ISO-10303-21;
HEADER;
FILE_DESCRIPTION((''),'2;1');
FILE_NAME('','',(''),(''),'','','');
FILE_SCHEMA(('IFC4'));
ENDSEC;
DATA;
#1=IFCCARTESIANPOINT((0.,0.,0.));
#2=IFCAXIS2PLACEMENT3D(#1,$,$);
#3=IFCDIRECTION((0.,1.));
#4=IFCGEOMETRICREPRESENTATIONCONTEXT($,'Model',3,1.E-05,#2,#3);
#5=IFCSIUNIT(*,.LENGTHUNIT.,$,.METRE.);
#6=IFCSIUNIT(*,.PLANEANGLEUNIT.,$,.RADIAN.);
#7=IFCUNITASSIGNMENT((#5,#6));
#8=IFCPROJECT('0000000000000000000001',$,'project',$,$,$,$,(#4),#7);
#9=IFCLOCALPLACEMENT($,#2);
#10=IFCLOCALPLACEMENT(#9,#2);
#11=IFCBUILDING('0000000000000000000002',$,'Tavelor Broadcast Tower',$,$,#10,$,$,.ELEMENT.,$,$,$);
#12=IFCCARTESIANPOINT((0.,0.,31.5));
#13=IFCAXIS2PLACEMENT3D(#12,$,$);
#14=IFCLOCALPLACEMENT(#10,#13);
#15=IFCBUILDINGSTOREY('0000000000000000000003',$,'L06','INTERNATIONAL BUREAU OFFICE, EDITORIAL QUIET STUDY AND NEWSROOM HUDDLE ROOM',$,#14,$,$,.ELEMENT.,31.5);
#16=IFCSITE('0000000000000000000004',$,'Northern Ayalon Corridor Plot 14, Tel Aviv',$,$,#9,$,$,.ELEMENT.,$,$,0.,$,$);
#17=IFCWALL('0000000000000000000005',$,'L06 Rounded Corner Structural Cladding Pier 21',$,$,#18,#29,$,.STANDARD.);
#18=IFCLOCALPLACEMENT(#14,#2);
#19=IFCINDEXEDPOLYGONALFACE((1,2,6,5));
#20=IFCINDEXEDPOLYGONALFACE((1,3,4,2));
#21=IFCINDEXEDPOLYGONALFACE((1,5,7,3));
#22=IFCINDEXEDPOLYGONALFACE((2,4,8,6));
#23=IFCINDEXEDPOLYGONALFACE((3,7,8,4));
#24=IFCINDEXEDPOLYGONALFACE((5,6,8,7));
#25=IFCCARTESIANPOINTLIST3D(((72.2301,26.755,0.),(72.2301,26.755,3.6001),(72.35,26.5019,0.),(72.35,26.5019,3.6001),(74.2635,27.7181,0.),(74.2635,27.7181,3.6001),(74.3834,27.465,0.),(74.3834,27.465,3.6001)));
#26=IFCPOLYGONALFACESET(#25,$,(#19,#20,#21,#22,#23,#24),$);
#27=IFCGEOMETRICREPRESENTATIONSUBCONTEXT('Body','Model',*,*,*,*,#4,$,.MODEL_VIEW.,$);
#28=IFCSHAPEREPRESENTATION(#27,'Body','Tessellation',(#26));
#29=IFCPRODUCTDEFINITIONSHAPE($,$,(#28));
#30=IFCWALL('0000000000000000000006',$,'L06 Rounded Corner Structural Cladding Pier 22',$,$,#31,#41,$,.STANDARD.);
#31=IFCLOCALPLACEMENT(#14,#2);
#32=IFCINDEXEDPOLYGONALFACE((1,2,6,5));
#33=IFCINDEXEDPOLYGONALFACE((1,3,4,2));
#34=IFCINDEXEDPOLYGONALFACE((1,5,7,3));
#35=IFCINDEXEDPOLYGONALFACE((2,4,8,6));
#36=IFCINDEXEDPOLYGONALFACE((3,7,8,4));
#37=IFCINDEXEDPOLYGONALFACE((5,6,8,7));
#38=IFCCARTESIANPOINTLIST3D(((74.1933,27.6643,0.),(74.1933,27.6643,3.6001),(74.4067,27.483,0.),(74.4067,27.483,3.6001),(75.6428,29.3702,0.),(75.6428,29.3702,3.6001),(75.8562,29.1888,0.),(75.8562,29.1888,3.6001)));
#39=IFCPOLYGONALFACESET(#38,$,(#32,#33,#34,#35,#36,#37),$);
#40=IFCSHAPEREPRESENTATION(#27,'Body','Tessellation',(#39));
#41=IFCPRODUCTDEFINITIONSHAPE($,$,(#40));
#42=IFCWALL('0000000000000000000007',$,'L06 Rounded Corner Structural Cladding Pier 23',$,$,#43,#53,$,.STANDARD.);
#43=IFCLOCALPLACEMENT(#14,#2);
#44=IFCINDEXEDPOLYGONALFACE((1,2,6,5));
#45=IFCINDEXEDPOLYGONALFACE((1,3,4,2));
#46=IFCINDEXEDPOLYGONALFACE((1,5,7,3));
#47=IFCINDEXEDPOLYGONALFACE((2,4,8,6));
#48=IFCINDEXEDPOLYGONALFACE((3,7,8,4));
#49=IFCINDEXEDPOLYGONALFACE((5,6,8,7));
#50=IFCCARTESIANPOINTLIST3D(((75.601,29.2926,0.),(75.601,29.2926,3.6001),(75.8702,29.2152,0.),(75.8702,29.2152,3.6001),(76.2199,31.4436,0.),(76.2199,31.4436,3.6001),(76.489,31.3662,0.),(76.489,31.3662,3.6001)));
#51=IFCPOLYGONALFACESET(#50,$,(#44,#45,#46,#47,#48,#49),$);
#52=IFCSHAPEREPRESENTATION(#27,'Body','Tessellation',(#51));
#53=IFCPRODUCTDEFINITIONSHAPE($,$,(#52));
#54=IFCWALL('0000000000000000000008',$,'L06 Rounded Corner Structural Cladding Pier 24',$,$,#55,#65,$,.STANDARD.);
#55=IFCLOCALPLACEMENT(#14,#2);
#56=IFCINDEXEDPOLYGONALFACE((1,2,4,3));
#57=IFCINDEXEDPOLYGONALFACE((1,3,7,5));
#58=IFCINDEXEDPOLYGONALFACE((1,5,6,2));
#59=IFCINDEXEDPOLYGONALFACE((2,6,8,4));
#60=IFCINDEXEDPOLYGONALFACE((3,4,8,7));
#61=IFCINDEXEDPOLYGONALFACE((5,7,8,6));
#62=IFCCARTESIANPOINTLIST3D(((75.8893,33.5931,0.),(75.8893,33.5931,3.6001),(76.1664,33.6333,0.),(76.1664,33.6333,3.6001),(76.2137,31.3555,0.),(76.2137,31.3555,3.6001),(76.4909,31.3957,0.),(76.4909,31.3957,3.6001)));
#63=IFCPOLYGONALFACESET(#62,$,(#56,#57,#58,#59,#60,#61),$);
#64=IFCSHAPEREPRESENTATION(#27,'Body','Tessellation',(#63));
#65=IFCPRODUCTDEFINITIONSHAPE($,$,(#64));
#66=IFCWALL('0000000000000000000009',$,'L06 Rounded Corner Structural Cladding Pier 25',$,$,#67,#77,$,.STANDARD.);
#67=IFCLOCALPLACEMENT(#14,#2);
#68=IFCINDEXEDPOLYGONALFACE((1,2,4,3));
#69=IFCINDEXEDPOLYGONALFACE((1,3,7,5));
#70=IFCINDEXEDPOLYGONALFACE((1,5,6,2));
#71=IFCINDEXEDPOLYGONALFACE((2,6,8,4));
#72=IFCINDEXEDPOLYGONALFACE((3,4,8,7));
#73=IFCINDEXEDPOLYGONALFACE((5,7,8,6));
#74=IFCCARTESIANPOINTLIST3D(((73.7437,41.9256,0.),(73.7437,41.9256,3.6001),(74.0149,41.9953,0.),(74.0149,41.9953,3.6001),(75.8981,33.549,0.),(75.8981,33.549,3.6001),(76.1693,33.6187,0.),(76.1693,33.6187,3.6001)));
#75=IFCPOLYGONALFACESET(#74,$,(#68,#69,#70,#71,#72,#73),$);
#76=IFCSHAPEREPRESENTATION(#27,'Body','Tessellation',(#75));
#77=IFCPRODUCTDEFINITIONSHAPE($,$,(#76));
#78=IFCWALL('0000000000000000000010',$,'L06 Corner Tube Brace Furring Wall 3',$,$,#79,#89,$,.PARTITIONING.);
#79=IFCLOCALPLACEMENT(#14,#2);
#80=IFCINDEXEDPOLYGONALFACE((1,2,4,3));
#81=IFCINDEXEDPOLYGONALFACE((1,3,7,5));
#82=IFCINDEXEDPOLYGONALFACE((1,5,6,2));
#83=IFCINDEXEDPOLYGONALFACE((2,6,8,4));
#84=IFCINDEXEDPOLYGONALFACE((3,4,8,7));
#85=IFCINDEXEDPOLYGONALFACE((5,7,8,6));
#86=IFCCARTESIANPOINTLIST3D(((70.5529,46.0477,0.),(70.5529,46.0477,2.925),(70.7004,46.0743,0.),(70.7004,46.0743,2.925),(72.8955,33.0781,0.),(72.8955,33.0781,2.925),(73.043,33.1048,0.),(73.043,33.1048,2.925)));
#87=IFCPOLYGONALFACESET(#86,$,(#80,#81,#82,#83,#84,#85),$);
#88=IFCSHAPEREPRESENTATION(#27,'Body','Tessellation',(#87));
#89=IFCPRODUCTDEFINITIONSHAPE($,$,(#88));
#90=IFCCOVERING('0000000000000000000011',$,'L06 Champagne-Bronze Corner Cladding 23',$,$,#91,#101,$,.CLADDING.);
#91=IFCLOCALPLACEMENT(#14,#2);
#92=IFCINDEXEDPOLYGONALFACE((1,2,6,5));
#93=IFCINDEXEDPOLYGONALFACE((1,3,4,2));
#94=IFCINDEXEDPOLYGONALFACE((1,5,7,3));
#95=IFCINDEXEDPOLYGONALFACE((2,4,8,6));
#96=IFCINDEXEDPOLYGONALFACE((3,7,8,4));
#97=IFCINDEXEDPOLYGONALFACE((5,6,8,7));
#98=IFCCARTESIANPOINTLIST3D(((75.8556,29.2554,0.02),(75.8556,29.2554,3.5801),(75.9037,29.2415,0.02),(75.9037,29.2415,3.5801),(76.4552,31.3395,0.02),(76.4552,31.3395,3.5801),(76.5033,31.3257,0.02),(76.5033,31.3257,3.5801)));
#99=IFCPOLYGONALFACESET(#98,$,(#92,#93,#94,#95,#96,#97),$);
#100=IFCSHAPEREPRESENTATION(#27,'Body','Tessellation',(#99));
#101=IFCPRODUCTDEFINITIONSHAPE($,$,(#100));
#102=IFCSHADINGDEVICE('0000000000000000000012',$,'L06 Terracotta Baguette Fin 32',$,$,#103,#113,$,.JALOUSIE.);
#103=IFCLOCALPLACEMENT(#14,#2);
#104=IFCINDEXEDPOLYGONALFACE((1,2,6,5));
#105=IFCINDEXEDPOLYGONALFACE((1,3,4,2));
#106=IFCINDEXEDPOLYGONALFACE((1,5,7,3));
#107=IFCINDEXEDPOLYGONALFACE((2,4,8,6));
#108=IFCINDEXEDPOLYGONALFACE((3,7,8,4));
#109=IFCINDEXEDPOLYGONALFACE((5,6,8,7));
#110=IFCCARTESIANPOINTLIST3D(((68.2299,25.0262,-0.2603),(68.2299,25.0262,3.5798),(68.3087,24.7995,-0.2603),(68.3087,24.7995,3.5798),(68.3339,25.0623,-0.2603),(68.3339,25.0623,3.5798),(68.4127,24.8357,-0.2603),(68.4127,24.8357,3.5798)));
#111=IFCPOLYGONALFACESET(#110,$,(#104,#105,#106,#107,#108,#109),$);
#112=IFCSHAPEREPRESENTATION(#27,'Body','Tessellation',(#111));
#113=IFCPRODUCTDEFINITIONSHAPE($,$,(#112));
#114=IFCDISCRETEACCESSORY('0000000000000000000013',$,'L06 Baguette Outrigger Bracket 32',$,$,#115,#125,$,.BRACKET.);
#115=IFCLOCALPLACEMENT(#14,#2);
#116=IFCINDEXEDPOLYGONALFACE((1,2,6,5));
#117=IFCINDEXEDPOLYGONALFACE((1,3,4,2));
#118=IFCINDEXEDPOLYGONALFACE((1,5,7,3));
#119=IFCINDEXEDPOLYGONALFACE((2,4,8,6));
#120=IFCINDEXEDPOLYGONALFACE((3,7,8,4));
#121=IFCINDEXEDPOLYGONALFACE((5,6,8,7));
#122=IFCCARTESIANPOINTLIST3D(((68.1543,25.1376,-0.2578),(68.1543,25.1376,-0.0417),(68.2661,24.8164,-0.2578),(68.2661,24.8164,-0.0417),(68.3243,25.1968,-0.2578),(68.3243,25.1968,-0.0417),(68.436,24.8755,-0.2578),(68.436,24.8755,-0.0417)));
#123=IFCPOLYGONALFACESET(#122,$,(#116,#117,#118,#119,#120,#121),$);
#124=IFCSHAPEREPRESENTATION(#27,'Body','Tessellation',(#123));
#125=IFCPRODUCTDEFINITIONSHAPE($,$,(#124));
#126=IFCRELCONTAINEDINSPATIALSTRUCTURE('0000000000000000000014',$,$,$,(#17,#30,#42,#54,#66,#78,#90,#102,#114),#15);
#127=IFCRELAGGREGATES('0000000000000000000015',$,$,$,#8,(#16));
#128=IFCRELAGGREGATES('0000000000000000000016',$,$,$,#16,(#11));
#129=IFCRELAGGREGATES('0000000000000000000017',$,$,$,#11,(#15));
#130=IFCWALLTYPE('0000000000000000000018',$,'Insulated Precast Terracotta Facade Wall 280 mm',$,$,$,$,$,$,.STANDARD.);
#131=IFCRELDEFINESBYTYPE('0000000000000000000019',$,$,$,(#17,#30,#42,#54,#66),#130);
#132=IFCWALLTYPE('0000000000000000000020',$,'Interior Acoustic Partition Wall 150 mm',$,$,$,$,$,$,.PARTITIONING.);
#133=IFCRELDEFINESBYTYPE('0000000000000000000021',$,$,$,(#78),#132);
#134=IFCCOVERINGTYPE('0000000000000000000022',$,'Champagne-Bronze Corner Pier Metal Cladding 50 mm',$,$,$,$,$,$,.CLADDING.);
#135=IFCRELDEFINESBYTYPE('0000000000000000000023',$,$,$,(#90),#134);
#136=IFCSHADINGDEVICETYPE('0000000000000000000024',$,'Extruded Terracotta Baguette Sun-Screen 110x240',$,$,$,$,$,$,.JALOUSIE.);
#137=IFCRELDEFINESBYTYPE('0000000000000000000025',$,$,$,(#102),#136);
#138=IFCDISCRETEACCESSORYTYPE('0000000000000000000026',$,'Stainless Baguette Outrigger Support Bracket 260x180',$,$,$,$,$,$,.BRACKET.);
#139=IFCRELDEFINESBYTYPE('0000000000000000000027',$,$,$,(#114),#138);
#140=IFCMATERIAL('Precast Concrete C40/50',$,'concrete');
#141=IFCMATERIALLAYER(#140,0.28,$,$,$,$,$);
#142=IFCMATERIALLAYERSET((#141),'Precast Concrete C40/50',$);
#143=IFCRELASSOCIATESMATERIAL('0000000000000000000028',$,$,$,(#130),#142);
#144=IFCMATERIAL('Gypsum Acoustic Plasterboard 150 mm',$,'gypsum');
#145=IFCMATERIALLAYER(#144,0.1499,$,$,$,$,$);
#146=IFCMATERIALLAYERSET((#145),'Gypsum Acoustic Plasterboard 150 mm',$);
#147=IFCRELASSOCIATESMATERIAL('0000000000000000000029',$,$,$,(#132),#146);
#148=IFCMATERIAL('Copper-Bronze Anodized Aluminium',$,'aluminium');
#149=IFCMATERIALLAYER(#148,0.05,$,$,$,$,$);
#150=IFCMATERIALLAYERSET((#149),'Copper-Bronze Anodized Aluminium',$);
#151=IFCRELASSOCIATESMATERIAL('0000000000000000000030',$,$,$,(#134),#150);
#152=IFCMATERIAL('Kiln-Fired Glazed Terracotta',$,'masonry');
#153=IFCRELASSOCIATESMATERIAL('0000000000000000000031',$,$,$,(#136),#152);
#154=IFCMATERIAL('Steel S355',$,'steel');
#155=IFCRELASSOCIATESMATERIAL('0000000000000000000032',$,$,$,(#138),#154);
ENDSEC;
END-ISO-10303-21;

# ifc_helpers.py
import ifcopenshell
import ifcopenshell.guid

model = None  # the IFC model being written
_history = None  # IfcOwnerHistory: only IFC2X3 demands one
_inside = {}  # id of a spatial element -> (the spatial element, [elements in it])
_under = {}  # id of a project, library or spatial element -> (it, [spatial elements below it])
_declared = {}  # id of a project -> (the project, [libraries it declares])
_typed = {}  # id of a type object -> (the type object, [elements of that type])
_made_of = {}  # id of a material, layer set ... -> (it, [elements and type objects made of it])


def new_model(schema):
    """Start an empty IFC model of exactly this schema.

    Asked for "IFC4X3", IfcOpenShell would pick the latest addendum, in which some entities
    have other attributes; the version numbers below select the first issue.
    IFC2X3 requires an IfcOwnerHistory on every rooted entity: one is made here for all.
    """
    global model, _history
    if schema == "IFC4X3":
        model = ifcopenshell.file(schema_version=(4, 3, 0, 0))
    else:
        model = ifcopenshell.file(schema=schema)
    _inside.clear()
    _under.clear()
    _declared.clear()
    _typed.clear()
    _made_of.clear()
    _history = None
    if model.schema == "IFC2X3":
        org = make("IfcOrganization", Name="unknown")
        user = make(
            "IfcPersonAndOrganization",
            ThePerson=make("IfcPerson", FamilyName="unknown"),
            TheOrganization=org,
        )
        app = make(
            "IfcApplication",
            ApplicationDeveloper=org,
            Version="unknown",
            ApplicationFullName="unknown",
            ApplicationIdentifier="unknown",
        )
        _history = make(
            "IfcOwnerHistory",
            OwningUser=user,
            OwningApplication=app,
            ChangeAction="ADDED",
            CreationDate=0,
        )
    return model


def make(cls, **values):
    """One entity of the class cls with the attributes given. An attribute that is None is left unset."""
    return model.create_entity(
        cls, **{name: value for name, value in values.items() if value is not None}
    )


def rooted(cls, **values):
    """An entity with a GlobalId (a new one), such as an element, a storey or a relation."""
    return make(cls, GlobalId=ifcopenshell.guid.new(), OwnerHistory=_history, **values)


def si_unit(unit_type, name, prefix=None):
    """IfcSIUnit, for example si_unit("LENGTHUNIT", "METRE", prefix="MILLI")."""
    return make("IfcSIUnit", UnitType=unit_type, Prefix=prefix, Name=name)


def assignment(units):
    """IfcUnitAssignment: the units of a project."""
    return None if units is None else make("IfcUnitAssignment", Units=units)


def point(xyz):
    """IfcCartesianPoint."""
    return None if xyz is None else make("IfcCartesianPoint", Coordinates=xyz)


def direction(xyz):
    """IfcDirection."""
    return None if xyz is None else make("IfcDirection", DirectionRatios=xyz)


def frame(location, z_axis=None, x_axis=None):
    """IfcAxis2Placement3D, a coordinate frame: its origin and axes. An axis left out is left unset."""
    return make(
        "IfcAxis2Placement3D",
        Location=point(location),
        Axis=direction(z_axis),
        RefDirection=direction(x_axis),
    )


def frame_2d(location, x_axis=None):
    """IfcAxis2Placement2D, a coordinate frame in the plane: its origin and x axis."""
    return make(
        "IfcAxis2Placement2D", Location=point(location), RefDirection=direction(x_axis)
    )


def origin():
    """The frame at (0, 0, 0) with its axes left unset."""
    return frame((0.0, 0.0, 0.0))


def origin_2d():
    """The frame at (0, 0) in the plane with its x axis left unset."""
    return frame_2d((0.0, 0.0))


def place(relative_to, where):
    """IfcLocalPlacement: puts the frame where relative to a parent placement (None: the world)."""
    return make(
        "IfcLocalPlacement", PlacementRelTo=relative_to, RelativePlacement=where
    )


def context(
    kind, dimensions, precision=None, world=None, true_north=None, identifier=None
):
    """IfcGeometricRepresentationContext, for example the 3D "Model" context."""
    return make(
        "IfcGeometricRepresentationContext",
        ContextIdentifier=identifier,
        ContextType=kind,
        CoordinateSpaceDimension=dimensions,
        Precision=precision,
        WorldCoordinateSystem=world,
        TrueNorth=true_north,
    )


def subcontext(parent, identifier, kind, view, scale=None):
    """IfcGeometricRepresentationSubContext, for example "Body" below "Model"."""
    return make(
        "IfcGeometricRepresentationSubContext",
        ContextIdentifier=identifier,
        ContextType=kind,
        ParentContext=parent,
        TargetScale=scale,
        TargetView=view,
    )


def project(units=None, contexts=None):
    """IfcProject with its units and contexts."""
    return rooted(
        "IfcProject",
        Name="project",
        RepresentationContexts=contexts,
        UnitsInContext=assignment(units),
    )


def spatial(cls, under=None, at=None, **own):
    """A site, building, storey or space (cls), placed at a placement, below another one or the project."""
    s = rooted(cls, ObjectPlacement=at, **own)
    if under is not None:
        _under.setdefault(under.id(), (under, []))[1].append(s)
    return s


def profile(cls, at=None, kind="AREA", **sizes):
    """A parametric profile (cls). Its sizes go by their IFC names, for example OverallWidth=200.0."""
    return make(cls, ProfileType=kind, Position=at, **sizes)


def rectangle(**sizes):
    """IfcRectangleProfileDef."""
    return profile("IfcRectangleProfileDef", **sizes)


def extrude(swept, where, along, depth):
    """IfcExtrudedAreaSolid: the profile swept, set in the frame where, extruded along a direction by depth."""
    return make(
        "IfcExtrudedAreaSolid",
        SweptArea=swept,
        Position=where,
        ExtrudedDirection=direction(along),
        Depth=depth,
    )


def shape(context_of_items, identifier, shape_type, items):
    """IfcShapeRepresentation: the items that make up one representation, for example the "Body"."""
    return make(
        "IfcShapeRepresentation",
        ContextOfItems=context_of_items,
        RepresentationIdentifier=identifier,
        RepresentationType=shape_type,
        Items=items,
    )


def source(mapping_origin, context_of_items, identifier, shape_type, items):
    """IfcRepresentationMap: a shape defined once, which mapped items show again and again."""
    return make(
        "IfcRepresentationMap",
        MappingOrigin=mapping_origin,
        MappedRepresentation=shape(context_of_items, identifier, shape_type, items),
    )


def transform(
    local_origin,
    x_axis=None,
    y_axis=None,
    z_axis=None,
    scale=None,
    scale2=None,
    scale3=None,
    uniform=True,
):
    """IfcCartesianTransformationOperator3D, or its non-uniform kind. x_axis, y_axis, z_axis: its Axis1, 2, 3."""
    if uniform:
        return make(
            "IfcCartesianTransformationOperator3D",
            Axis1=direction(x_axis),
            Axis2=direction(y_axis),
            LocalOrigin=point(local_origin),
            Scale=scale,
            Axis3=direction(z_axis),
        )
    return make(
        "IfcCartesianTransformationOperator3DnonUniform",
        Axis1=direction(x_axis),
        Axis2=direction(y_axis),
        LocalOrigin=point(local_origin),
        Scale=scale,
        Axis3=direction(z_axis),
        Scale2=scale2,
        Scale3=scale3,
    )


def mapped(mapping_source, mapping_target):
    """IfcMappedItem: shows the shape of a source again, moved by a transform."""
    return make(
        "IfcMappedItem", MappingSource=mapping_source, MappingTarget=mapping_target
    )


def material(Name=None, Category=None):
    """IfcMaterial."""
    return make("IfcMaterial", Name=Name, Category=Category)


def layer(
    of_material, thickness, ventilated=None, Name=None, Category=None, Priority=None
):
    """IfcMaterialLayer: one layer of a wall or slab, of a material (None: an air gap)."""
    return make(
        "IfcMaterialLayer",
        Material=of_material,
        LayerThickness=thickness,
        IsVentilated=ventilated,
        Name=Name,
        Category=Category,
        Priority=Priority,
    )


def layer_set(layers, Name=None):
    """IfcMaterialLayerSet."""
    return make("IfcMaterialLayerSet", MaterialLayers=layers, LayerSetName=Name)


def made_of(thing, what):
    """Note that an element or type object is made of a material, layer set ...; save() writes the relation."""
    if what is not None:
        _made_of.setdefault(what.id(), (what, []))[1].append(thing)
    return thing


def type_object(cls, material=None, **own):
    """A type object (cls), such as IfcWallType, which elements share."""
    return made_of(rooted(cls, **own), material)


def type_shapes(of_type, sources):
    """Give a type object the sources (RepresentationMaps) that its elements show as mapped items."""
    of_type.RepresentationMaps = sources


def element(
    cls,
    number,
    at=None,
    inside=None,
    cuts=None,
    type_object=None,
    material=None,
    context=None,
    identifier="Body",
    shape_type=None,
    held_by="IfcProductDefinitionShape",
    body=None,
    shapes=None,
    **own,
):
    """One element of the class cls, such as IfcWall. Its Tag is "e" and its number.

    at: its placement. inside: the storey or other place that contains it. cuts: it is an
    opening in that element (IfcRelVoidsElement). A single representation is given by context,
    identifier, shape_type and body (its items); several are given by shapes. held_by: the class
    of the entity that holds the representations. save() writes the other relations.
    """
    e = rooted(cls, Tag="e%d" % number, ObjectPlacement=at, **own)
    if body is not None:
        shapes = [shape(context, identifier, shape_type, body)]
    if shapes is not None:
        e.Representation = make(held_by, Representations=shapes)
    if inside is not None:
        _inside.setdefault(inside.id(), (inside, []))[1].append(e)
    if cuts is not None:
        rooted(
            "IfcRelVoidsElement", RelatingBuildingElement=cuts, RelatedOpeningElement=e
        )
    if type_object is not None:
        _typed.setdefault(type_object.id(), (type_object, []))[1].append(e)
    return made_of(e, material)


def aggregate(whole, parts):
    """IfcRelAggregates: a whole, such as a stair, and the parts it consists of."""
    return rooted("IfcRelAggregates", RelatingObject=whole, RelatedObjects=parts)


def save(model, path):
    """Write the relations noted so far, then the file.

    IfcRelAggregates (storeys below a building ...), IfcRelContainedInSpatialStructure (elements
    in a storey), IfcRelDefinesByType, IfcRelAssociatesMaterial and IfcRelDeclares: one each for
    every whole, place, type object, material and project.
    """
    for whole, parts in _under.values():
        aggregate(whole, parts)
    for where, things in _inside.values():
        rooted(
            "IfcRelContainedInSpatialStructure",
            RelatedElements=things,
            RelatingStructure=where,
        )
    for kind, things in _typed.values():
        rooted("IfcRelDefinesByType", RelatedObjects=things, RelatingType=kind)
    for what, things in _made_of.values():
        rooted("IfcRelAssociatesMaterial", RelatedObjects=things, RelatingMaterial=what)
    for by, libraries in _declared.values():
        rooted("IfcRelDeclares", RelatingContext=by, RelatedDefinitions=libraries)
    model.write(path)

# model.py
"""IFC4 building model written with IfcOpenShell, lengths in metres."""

from ifc_helpers import new_model, si_unit, direction, frame, frame_2d, origin, origin_2d, place, context, subcontext, project, spatial, rectangle, extrude, source, transform, mapped, material, layer, layer_set, type_object, type_shapes, element, save


model = new_model("IFC4")

# Units and contexts
model_context = context("Model", 3, precision=1e-05, world=origin(), true_north=direction((0.0, 1.0)))
body_context = subcontext(model_context, "Body", "Model", "MODEL_VIEW")
ifc_project = project(units=[si_unit("LENGTHUNIT", "METRE"), si_unit("PLANEANGLEUNIT", "RADIAN")], contexts=[model_context])

# Site, building, storey
site_placement = place(None, origin())
site = spatial("IfcSite", under=ifc_project, at=site_placement, Name="Northern Ayalon Corridor Plot 14, Tel Aviv", CompositionType="ELEMENT", RefElevation=0.0)
building_placement = place(site_placement, origin())
building = spatial("IfcBuilding", under=site, at=building_placement, Name="Tavelor Broadcast Tower", CompositionType="ELEMENT")
storey_placement = place(building_placement, frame((0.0, 0.0, 31.5)))
storey = spatial("IfcBuildingStorey", under=building, at=storey_placement, Name="L06", Description="INTERNATIONAL BUREAU OFFICE, EDITORIAL QUIET STUDY AND NEWSROOM HUDDLE ROOM", CompositionType="ELEMENT", Elevation=31.5)

# Shared definitions
ifc_material_1 = material(Name="Steel S355", Category="steel")

# Walls
ifc_material_2 = material(Name="Precast Concrete C40/50", Category="concrete")
ifc_layer_1 = layer(ifc_material_2, 0.28)
ifc_layer_set_1 = layer_set([ifc_layer_1], Name="Precast Concrete C40/50")
wall_type_1 = type_object("IfcWallType", Name="Insulated Precast Terracotta Facade Wall 280 mm", PredefinedType="STANDARD", material=ifc_layer_set_1)
wall_1_placement = place(storey_placement, frame((72.29, 26.6284, 0.0), z_axis=(0.0, 0.0, 1.0), x_axis=(0.903751, 0.428058, 0.0)))
element("IfcWall", 1, at=wall_1_placement, inside=storey, type_object=wall_type_1, Name="L06 Rounded Corner Structural Cladding Pier 21", PredefinedType="STANDARD", context=body_context, shape_type="SweptSolid", body=[
    extrude(rectangle(XDim=2.25, YDim=0.28, at=frame_2d((1.125, 0.0))), origin(), (0.0, 0.0, 1.0), 3.6001),
])
wall_2_placement = place(storey_placement, frame((74.3, 27.5737, 0.0), z_axis=(0.0, 0.0, 1.0), x_axis=(0.647525, 0.762044, 0.0)))
element("IfcWall", 2, at=wall_2_placement, inside=storey, type_object=wall_type_1, Name="L06 Rounded Corner Structural Cladding Pier 22", PredefinedType="STANDARD", context=body_context, shape_type="SweptSolid", body=[
    extrude(rectangle(XDim=2.2385, YDim=0.28, at=frame_2d((1.1191, 0.0))), origin(), (0.0, 0.0, 1.0), 3.6001),
])
wall_3_placement = place(storey_placement, frame((75.7356, 29.2539, 0.0), z_axis=(0.0, 0.0, 1.0), x_axis=(0.276493, 0.961016, 0.0)))
element("IfcWall", 3, at=wall_3_placement, inside=storey, type_object=wall_type_1, Name="L06 Rounded Corner Structural Cladding Pier 23", PredefinedType="STANDARD", context=body_context, shape_type="SweptSolid", body=[
    extrude(rectangle(XDim=2.2383, YDim=0.28, at=frame_2d((1.1191, 0.0))), origin(), (0.0, 0.0, 1.0), 3.6001),
])
wall_4_placement = place(storey_placement, frame((76.3523, 31.3757, 0.0), z_axis=(0.0, 0.0, 1.0), x_axis=(-0.143507, 0.989649, 0.0)))
element("IfcWall", 4, at=wall_4_placement, inside=storey, type_object=wall_type_1, Name="L06 Rounded Corner Structural Cladding Pier 24", PredefinedType="STANDARD", context=body_context, shape_type="SweptSolid", body=[
    extrude(rectangle(XDim=2.261, YDim=0.28, at=frame_2d((1.1304, 0.0))), origin(), (0.0, 0.0, 1.0), 3.6001),
])
wall_5_placement = place(storey_placement, frame((76.0337, 33.5837, 0.0), z_axis=(0.0, 0.0, 1.0), x_axis=(-0.249079, 0.968483, 0.0)))
element("IfcWall", 5, at=wall_5_placement, inside=storey, type_object=wall_type_1, Name="L06 Rounded Corner Structural Cladding Pier 25", PredefinedType="STANDARD", context=body_context, shape_type="SweptSolid", body=[
    extrude(rectangle(XDim=8.6492, YDim=0.28, at=frame_2d((4.3247, 0.0))), origin(), (0.0, 0.0, 1.0), 3.6001),
])
ifc_material_3 = material(Name="Gypsum Acoustic Plasterboard 150 mm", Category="gypsum")
ifc_layer_2 = layer(ifc_material_3, 0.1499)
ifc_layer_set_2 = layer_set([ifc_layer_2], Name="Gypsum Acoustic Plasterboard 150 mm")
wall_type_2 = type_object("IfcWallType", Name="Interior Acoustic Partition Wall 150 mm", PredefinedType="PARTITIONING", material=ifc_layer_set_2)
wall_6_placement = place(storey_placement, frame((72.9692, 33.0913, 0.0), z_axis=(0.0, 0.0, 1.0), x_axis=(-0.177743, 0.984077, 0.0)))
element("IfcWall", 6, at=wall_6_placement, inside=storey, type_object=wall_type_2, Name="L06 Corner Tube Brace Furring Wall 3", PredefinedType="PARTITIONING", context=body_context, shape_type="SweptSolid", body=[
    extrude(rectangle(XDim=13.1794, YDim=0.1499, at=frame_2d((6.5898, 0.0))), origin(), (0.0, 0.0, 1.0), 2.925),
])

# Covering
ifc_material_4 = material(Name="Copper-Bronze Anodized Aluminium", Category="aluminium")
ifc_layer_3 = layer(ifc_material_4, 0.05)
ifc_layer_set_3 = layer_set([ifc_layer_3], Name="Copper-Bronze Anodized Aluminium")
covering_type = type_object("IfcCoveringType", Name="Champagne-Bronze Corner Pier Metal Cladding 50 mm", PredefinedType="CLADDING", material=ifc_layer_set_3)
covering_placement = place(storey_placement, frame((76.1794, 30.2905, 0.02), z_axis=(0.0, 0.0, 1.0), x_axis=(0.276476, 0.961021, 0.0)))
element("IfcCovering", 7, at=covering_placement, inside=storey, type_object=covering_type, Name="L06 Champagne-Bronze Corner Cladding 23", PredefinedType="CLADDING", context=body_context, shape_type="SweptSolid", body=[
    extrude(rectangle(XDim=2.1687, YDim=0.05, at=origin_2d()), origin(), (0.0, 0.0, 1.0), 3.5601),
])

# Shading device
ifc_material_5 = material(Name="Kiln-Fired Glazed Terracotta", Category="masonry")
shading_device_type = type_object("IfcShadingDeviceType", Name="Extruded Terracotta Baguette Sun-Screen 110x240", PredefinedType="JALOUSIE", material=ifc_material_5)
shared_shape_1 = source(origin(), body_context, "Body", "SweptSolid", [
    extrude(rectangle(XDim=0.1101, YDim=0.24, at=origin_2d()), origin(), (0.0, 0.0, 1.0), 3.8401),
])
type_shapes(shading_device_type, [shared_shape_1])
shading_device_placement = place(storey_placement, frame((68.3213, 24.9309, -0.2603), z_axis=(0.0, 0.0, 1.0), x_axis=(0.944491, 0.328537, 0.0)))
element("IfcShadingDevice", 8, at=shading_device_placement, inside=storey, type_object=shading_device_type, Name="L06 Terracotta Baguette Fin 32", PredefinedType="JALOUSIE", context=body_context, shape_type="MappedRepresentation", body=[
    mapped(shared_shape_1, transform((0.0, 0.0, 0.0), scale=1.0)),
])

# Discrete accessory
discrete_accessory_type = type_object("IfcDiscreteAccessoryType", Name="Stainless Baguette Outrigger Support Bracket 260x180", PredefinedType="BRACKET", material=ifc_material_1)
shared_shape_2 = source(origin(), body_context, "Body", "SweptSolid", [
    extrude(rectangle(XDim=0.1799, YDim=0.3401, at=origin_2d()), origin(), (0.0, 0.0, 1.0), 0.2161),
])
type_shapes(discrete_accessory_type, [shared_shape_2])
discrete_accessory_placement = place(storey_placement, frame((68.2952, 25.0066, -0.2578), z_axis=(0.0, 0.0, 1.0), x_axis=(0.944491, 0.328537, 0.0)))
element("IfcDiscreteAccessory", 9, at=discrete_accessory_placement, inside=storey, type_object=discrete_accessory_type, Name="L06 Baguette Outrigger Bracket 32", PredefinedType="BRACKET", context=body_context, shape_type="MappedRepresentation", body=[
    mapped(shared_shape_2, transform((0.0, 0.0, 0.0), scale=1.0)),
])

save(model, "model.ifc")
